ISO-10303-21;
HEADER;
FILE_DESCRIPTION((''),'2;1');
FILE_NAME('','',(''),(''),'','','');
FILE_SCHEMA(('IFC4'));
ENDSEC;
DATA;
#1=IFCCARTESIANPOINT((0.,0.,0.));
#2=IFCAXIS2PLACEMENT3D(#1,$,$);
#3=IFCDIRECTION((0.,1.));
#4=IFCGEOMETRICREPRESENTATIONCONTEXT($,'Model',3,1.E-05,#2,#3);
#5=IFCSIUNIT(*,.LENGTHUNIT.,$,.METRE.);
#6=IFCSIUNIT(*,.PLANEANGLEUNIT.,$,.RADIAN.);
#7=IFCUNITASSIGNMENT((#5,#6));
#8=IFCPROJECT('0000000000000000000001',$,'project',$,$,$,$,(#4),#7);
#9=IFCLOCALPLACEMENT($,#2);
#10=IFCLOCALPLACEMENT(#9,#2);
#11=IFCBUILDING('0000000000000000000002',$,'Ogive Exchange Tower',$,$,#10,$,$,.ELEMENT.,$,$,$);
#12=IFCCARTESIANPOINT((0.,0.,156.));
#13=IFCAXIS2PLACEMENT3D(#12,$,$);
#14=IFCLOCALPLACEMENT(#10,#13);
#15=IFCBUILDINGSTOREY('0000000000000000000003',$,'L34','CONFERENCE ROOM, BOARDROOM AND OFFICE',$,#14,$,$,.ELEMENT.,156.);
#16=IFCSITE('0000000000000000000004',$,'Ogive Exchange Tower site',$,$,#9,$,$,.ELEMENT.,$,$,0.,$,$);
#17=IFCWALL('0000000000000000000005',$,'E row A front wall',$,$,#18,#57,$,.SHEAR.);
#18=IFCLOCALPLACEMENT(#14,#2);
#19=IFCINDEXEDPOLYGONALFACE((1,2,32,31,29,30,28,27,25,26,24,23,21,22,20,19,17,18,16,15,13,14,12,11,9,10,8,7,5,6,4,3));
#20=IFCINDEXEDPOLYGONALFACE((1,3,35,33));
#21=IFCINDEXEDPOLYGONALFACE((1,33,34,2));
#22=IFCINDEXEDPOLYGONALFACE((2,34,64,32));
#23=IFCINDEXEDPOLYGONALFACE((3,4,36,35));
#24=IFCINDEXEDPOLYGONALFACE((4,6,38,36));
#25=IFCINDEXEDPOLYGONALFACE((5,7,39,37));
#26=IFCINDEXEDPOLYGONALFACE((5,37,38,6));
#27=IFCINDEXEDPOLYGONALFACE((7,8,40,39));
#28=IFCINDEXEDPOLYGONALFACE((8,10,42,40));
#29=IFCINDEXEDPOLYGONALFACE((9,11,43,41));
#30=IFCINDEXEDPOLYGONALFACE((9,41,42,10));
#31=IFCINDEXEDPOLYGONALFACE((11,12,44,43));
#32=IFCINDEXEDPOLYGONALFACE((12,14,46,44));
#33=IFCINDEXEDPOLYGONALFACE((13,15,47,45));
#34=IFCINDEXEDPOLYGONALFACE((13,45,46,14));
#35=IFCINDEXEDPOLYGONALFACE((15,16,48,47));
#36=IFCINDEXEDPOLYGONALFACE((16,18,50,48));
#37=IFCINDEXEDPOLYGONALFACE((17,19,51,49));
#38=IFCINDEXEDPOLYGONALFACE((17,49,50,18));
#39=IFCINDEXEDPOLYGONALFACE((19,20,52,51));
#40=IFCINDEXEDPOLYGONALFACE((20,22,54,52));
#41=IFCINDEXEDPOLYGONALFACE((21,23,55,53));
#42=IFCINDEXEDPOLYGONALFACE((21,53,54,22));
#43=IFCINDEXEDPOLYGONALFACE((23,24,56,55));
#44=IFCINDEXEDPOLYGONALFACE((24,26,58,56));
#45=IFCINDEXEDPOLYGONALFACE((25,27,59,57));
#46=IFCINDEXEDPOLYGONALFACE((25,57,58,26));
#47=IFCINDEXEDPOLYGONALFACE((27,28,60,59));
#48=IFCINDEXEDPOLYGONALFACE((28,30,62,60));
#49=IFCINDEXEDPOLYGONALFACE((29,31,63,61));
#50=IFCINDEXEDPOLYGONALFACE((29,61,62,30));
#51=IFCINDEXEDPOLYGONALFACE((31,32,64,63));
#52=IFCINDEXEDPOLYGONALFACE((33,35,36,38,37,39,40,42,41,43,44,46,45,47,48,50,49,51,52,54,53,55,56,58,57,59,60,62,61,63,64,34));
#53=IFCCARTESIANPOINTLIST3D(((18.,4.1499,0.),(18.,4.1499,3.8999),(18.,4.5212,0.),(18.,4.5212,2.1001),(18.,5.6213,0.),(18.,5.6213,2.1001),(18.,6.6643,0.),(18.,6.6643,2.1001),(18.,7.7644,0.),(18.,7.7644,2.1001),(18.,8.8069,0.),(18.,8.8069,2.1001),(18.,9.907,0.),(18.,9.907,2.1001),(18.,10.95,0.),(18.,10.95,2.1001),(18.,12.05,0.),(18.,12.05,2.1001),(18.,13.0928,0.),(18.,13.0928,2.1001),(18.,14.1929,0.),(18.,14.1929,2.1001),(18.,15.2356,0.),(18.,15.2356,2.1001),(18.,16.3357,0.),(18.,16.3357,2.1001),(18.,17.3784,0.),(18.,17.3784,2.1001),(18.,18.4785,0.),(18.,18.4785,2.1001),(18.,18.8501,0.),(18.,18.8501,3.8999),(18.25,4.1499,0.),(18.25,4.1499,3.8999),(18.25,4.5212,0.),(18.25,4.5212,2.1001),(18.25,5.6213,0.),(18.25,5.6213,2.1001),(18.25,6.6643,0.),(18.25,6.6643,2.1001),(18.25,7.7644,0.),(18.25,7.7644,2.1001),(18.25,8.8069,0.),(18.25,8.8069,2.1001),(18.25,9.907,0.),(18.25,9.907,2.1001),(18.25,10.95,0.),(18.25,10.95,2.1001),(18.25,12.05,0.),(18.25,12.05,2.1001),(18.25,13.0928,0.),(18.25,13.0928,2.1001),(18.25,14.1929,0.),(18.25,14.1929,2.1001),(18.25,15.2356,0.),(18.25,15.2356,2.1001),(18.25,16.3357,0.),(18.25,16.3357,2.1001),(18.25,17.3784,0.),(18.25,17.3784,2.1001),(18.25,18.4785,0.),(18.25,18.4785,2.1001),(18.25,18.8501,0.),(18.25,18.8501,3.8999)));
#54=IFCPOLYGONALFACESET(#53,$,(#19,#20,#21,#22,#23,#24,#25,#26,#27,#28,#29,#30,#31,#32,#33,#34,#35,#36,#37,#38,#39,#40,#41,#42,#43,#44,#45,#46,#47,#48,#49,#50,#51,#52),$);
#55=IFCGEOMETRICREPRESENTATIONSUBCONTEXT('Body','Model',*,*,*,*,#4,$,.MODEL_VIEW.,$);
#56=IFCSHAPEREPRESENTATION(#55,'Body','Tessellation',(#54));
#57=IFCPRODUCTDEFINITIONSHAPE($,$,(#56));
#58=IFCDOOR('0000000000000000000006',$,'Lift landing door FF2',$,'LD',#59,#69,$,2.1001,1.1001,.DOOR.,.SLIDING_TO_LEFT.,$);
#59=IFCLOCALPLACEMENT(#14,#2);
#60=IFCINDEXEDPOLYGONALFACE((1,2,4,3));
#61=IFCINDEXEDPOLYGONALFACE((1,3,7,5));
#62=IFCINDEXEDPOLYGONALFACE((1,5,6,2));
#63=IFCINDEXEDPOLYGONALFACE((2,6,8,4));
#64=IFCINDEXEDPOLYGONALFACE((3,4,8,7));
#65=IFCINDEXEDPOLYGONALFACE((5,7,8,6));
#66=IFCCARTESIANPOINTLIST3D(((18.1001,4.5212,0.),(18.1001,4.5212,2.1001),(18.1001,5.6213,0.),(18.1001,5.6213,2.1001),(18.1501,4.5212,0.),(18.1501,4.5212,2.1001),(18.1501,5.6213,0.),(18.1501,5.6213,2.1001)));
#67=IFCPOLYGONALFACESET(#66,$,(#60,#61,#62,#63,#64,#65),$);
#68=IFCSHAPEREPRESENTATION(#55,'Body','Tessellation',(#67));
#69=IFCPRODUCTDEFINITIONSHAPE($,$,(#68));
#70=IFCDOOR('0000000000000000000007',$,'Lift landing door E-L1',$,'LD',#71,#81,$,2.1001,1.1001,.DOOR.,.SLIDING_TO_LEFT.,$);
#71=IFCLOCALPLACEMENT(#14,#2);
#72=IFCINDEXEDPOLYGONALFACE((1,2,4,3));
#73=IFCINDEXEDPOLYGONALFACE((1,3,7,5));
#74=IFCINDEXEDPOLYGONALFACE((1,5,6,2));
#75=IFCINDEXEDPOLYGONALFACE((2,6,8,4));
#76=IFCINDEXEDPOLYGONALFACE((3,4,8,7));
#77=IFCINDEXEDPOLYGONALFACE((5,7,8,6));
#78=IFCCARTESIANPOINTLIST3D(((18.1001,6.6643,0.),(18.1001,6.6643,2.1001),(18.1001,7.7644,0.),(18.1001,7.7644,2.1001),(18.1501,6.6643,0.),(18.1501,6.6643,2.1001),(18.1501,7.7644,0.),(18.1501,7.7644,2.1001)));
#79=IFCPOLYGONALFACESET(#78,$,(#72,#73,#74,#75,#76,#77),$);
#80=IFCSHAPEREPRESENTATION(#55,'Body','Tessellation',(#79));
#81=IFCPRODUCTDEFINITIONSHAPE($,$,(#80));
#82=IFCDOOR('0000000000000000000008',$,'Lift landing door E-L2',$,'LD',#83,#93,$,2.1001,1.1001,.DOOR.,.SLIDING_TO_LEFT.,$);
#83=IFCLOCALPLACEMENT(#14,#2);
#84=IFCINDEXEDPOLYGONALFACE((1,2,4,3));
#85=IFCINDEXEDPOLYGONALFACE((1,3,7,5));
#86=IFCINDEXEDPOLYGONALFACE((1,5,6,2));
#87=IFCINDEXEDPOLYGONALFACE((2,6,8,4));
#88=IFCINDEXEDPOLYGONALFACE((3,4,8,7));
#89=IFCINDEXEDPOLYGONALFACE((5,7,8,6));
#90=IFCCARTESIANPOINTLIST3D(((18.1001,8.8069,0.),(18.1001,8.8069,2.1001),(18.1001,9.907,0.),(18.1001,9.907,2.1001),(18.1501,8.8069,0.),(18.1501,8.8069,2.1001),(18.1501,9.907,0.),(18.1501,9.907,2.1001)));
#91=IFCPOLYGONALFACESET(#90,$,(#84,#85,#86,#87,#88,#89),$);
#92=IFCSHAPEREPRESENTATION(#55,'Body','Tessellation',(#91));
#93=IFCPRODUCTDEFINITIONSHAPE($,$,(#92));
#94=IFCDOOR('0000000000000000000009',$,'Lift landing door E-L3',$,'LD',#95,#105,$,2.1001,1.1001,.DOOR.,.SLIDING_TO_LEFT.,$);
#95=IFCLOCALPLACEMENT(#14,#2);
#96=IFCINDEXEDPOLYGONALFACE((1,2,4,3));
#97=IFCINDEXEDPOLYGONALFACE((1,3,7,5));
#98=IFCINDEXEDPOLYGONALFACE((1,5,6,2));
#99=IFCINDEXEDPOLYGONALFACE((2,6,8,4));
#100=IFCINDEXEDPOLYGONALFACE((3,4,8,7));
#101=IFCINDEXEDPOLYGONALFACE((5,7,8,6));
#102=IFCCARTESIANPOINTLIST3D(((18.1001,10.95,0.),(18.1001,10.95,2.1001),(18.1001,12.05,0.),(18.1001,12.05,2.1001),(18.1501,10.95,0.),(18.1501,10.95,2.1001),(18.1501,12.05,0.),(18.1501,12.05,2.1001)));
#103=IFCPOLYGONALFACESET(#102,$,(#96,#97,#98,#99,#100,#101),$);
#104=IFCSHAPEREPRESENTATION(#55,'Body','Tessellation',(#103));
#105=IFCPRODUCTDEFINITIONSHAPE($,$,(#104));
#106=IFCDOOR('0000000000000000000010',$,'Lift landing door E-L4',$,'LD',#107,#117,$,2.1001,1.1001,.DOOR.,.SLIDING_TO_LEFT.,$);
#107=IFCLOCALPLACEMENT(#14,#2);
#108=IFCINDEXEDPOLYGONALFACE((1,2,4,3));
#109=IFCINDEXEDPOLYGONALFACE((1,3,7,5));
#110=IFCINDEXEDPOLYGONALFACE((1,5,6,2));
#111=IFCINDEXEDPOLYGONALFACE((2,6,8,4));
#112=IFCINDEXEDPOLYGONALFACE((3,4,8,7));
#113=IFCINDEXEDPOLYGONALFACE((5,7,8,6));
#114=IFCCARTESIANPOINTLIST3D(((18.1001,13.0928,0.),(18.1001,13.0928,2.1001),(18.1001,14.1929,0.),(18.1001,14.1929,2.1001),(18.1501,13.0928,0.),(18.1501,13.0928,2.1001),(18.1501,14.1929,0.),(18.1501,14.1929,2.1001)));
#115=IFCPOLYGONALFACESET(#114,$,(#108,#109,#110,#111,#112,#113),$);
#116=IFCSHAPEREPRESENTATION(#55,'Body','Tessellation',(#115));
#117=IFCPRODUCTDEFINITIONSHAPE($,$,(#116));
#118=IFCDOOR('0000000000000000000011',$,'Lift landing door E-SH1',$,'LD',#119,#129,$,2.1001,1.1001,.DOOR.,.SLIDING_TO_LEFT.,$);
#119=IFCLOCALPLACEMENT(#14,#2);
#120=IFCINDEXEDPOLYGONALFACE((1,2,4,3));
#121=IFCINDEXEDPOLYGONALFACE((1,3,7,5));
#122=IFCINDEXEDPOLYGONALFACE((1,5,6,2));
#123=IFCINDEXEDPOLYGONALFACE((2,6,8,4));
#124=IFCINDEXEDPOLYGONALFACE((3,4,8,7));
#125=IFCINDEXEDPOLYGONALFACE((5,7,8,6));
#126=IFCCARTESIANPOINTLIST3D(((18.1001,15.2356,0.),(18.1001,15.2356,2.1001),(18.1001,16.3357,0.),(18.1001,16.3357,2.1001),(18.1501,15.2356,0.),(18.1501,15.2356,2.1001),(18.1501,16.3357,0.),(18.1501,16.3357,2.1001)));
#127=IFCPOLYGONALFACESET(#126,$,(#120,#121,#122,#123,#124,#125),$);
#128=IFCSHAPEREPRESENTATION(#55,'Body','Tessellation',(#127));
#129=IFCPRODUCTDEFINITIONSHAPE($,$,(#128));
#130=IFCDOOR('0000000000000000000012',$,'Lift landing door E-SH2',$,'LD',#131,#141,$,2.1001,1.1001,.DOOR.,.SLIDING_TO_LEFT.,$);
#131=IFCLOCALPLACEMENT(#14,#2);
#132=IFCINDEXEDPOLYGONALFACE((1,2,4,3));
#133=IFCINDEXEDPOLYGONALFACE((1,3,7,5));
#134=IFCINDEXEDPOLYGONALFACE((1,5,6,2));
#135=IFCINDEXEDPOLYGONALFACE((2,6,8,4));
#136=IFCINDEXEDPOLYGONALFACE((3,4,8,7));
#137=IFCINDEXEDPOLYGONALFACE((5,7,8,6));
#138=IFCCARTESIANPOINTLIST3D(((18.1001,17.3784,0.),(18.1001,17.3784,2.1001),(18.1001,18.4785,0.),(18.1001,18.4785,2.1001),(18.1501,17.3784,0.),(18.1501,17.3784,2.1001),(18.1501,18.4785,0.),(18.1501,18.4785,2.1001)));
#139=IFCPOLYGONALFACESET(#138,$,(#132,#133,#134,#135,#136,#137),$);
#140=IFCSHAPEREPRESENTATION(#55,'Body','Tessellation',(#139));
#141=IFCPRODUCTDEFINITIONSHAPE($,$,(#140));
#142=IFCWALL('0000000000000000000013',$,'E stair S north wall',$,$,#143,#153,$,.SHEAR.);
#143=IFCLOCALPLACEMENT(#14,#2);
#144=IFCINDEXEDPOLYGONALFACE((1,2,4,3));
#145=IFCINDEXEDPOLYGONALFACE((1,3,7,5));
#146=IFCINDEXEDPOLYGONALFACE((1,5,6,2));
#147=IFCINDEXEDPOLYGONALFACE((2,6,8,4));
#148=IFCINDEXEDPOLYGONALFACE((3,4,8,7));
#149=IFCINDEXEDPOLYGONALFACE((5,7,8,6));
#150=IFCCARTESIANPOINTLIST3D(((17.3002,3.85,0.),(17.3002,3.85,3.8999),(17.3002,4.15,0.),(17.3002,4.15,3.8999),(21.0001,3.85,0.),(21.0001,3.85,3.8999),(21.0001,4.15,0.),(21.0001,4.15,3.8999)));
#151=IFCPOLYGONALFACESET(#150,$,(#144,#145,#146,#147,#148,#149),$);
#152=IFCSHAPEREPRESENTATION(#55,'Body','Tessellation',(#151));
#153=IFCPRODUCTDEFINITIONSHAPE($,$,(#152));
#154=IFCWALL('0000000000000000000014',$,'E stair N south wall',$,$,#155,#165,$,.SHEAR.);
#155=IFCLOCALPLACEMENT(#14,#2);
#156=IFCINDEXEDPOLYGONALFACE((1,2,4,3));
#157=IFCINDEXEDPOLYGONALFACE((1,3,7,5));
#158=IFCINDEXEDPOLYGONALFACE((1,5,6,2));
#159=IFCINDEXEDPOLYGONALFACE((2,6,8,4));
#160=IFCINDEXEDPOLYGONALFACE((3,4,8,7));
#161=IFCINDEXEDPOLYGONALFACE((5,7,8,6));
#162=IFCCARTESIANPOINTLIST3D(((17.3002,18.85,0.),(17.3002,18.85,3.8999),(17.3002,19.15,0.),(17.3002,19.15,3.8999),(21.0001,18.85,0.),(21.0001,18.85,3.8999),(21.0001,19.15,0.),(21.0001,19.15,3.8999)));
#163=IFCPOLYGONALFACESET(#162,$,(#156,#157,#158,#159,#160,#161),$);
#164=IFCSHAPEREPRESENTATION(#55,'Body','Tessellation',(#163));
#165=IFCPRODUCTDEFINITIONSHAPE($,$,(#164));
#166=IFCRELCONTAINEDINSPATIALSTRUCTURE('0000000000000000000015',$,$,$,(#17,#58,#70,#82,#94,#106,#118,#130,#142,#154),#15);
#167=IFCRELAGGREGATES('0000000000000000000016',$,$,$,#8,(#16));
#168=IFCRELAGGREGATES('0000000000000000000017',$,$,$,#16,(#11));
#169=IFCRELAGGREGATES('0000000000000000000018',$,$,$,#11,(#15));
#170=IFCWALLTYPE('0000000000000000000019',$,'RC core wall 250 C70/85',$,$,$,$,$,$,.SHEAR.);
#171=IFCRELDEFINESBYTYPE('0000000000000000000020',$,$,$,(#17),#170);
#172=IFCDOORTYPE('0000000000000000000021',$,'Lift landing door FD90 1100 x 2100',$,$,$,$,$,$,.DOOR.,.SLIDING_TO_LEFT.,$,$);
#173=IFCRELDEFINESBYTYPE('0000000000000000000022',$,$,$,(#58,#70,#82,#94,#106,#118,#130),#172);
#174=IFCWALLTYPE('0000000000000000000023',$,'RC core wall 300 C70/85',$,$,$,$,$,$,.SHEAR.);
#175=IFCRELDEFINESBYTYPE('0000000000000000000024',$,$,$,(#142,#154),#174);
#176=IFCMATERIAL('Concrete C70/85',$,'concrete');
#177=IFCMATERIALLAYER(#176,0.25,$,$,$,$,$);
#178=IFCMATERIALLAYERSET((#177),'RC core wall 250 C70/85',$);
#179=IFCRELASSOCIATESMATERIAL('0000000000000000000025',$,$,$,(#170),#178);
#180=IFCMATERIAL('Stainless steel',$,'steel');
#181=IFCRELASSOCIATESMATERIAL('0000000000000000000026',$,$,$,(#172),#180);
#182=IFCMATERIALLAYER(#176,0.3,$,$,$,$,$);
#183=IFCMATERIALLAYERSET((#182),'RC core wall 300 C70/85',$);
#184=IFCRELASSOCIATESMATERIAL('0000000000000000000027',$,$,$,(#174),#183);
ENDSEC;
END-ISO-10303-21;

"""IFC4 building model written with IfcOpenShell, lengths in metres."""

from ifc_helpers import new_model, si_unit, direction, frame, frame_2d, origin, place, context, subcontext, project, spatial, rectangle, extrude, material, layer, layer_set, type_object, element, fill, save


model = new_model("IFC4")

# Units and contexts
model_context = context("Model", 3, precision=1e-05, world=origin(), true_north=direction((0.0, 1.0)))
body_context = subcontext(model_context, "Body", "Model", "MODEL_VIEW")
ifc_project = project(units=[si_unit("LENGTHUNIT", "METRE"), si_unit("PLANEANGLEUNIT", "RADIAN")], contexts=[model_context])

# Site, building, storey
site_placement = place(None, origin())
site = spatial("IfcSite", under=ifc_project, at=site_placement, Name="Ogive Exchange Tower site", CompositionType="ELEMENT", RefElevation=0.0)
building_placement = place(site_placement, origin())
building = spatial("IfcBuilding", under=site, at=building_placement, Name="Ogive Exchange Tower", CompositionType="ELEMENT")
storey_placement = place(building_placement, frame((0.0, 0.0, 156.0)))
storey = spatial("IfcBuildingStorey", under=building, at=storey_placement, Name="L34", Description="CONFERENCE ROOM, BOARDROOM AND OFFICE", CompositionType="ELEMENT", Elevation=156.0)

# Shared definitions
ifc_material_1 = material(Name="Concrete C70/85", Category="concrete")

# Wall, openings, doors
ifc_layer_1 = layer(ifc_material_1, 0.25)
ifc_layer_set_1 = layer_set([ifc_layer_1], Name="RC core wall 250 C70/85")
wall_type_1 = type_object("IfcWallType", Name="RC core wall 250 C70/85", PredefinedType="SHEAR", material=ifc_layer_set_1)
wall_1_placement = place(storey_placement, frame((18.125, 4.1499, 0.0), z_axis=(0.0, 0.0, 1.0), x_axis=(0.0, 1.0, 0.0)))
wall_1 = element("IfcWall", 1, at=wall_1_placement, inside=storey, type_object=wall_type_1, Name="E row A front wall", PredefinedType="SHEAR", context=body_context, shape_type="SweptSolid", body=[
    extrude(rectangle(XDim=14.7002, YDim=0.25, at=frame_2d((7.3501, 0.0))), origin(), (0.0, 0.0, 1.0), 3.8999),
])
opening_1_placement = place(wall_1_placement, frame((0.3713, 0.0, 0.0)))
opening_1 = element("IfcOpeningElement", 2, at=opening_1_placement, cuts=wall_1, PredefinedType="OPENING", context=body_context, shape_type="SweptSolid", body=[
    extrude(rectangle(XDim=1.1001, YDim=2.1001, at=frame_2d((0.55, 1.05))), frame((0.0, 0.135, 0.0), z_axis=(0.0, -1.0, 0.0), x_axis=(1.0, 0.0, 0.0)), (0.0, 0.0, 1.0), 0.27),
])
opening_2_placement = place(wall_1_placement, frame((2.5144, 0.0, 0.0)))
opening_2 = element("IfcOpeningElement", 3, at=opening_2_placement, cuts=wall_1, PredefinedType="OPENING", context=body_context, shape_type="SweptSolid", body=[
    extrude(rectangle(XDim=1.1001, YDim=2.1001, at=frame_2d((0.55, 1.05))), frame((0.0, 0.135, 0.0), z_axis=(0.0, -1.0, 0.0), x_axis=(1.0, 0.0, 0.0)), (0.0, 0.0, 1.0), 0.27),
])
opening_3_placement = place(wall_1_placement, frame((4.657, 0.0, 0.0)))
opening_3 = element("IfcOpeningElement", 4, at=opening_3_placement, cuts=wall_1, PredefinedType="OPENING", context=body_context, shape_type="SweptSolid", body=[
    extrude(rectangle(XDim=1.1001, YDim=2.1001, at=frame_2d((0.55, 1.05))), frame((0.0, 0.135, 0.0), z_axis=(0.0, -1.0, 0.0), x_axis=(1.0, 0.0, 0.0)), (0.0, 0.0, 1.0), 0.27),
])
opening_4_placement = place(wall_1_placement, frame((6.8, 0.0, 0.0)))
opening_4 = element("IfcOpeningElement", 5, at=opening_4_placement, cuts=wall_1, PredefinedType="OPENING", context=body_context, shape_type="SweptSolid", body=[
    extrude(rectangle(XDim=1.1001, YDim=2.1001, at=frame_2d((0.55, 1.05))), frame((0.0, 0.135, 0.0), z_axis=(0.0, -1.0, 0.0), x_axis=(1.0, 0.0, 0.0)), (0.0, 0.0, 1.0), 0.27),
])
opening_5_placement = place(wall_1_placement, frame((8.9429, 0.0, 0.0)))
opening_5 = element("IfcOpeningElement", 6, at=opening_5_placement, cuts=wall_1, PredefinedType="OPENING", context=body_context, shape_type="SweptSolid", body=[
    extrude(rectangle(XDim=1.1001, YDim=2.1001, at=frame_2d((0.55, 1.05))), frame((0.0, 0.135, 0.0), z_axis=(0.0, -1.0, 0.0), x_axis=(1.0, 0.0, 0.0)), (0.0, 0.0, 1.0), 0.27),
])
opening_6_placement = place(wall_1_placement, frame((11.0857, 0.0, 0.0)))
opening_6 = element("IfcOpeningElement", 7, at=opening_6_placement, cuts=wall_1, PredefinedType="OPENING", context=body_context, shape_type="SweptSolid", body=[
    extrude(rectangle(XDim=1.1001, YDim=2.1001, at=frame_2d((0.55, 1.05))), frame((0.0, 0.135, 0.0), z_axis=(0.0, -1.0, 0.0), x_axis=(1.0, 0.0, 0.0)), (0.0, 0.0, 1.0), 0.27),
])
opening_7_placement = place(wall_1_placement, frame((13.2285, 0.0, 0.0)))
opening_7 = element("IfcOpeningElement", 8, at=opening_7_placement, cuts=wall_1, PredefinedType="OPENING", context=body_context, shape_type="SweptSolid", body=[
    extrude(rectangle(XDim=1.1001, YDim=2.1001, at=frame_2d((0.55, 1.05))), frame((0.0, 0.135, 0.0), z_axis=(0.0, -1.0, 0.0), x_axis=(1.0, 0.0, 0.0)), (0.0, 0.0, 1.0), 0.27),
])
ifc_material_2 = material(Name="Stainless steel", Category="steel")
door_type_1 = type_object("IfcDoorType", Name="Lift landing door FD90 1100 x 2100", OperationType="SLIDING_TO_LEFT", PredefinedType="DOOR", material=ifc_material_2)
door_1_placement = place(opening_1_placement, origin())
door_1 = element("IfcDoor", 9, at=door_1_placement, inside=storey, type_object=door_type_1, Name="Lift landing door FF2", ObjectType="LD", OperationType="SLIDING_TO_LEFT", OverallHeight=2.1001, OverallWidth=1.1001, PredefinedType="DOOR", context=body_context, shape_type="SweptSolid", body=[
    extrude(rectangle(XDim=1.1001, YDim=2.1001, at=frame_2d((0.55, 1.05))), frame((0.0, 0.0249, 0.0), z_axis=(0.0, -1.0, 0.0), x_axis=(1.0, 0.0, 0.0)), (0.0, 0.0, 1.0), 0.05),
])
fill(opening_1, door_1)
door_2_placement = place(opening_2_placement, origin())
door_2 = element("IfcDoor", 10, at=door_2_placement, inside=storey, type_object=door_type_1, Name="Lift landing door E-L1", ObjectType="LD", OperationType="SLIDING_TO_LEFT", OverallHeight=2.1001, OverallWidth=1.1001, PredefinedType="DOOR", context=body_context, shape_type="SweptSolid", body=[
    extrude(rectangle(XDim=1.1001, YDim=2.1001, at=frame_2d((0.55, 1.05))), frame((0.0, 0.0249, 0.0), z_axis=(0.0, -1.0, 0.0), x_axis=(1.0, 0.0, 0.0)), (0.0, 0.0, 1.0), 0.05),
])
fill(opening_2, door_2)
door_3_placement = place(opening_3_placement, origin())
door_3 = element("IfcDoor", 11, at=door_3_placement, inside=storey, type_object=door_type_1, Name="Lift landing door E-L2", ObjectType="LD", OperationType="SLIDING_TO_LEFT", OverallHeight=2.1001, OverallWidth=1.1001, PredefinedType="DOOR", context=body_context, shape_type="SweptSolid", body=[
    extrude(rectangle(XDim=1.1001, YDim=2.1001, at=frame_2d((0.55, 1.05))), frame((0.0, 0.0249, 0.0), z_axis=(0.0, -1.0, 0.0), x_axis=(1.0, 0.0, 0.0)), (0.0, 0.0, 1.0), 0.05),
])
fill(opening_3, door_3)
door_4_placement = place(opening_4_placement, origin())
door_4 = element("IfcDoor", 12, at=door_4_placement, inside=storey, type_object=door_type_1, Name="Lift landing door E-L3", ObjectType="LD", OperationType="SLIDING_TO_LEFT", OverallHeight=2.1001, OverallWidth=1.1001, PredefinedType="DOOR", context=body_context, shape_type="SweptSolid", body=[
    extrude(rectangle(XDim=1.1001, YDim=2.1001, at=frame_2d((0.55, 1.05))), frame((0.0, 0.0249, 0.0), z_axis=(0.0, -1.0, 0.0), x_axis=(1.0, 0.0, 0.0)), (0.0, 0.0, 1.0), 0.05),
])
fill(opening_4, door_4)
door_5_placement = place(opening_5_placement, origin())
door_5 = element("IfcDoor", 13, at=door_5_placement, inside=storey, type_object=door_type_1, Name="Lift landing door E-L4", ObjectType="LD", OperationType="SLIDING_TO_LEFT", OverallHeight=2.1001, OverallWidth=1.1001, PredefinedType="DOOR", context=body_context, shape_type="SweptSolid", body=[
    extrude(rectangle(XDim=1.1001, YDim=2.1001, at=frame_2d((0.55, 1.05))), frame((0.0, 0.0249, 0.0), z_axis=(0.0, -1.0, 0.0), x_axis=(1.0, 0.0, 0.0)), (0.0, 0.0, 1.0), 0.05),
])
fill(opening_5, door_5)
door_6_placement = place(opening_6_placement, origin())
door_6 = element("IfcDoor", 14, at=door_6_placement, inside=storey, type_object=door_type_1, Name="Lift landing door E-SH1", ObjectType="LD", OperationType="SLIDING_TO_LEFT", OverallHeight=2.1001, OverallWidth=1.1001, PredefinedType="DOOR", context=body_context, shape_type="SweptSolid", body=[
    extrude(rectangle(XDim=1.1001, YDim=2.1001, at=frame_2d((0.55, 1.05))), frame((0.0, 0.0249, 0.0), z_axis=(0.0, -1.0, 0.0), x_axis=(1.0, 0.0, 0.0)), (0.0, 0.0, 1.0), 0.05),
])
fill(opening_6, door_6)
door_7_placement = place(opening_7_placement, origin())
door_7 = element("IfcDoor", 15, at=door_7_placement, inside=storey, type_object=door_type_1, Name="Lift landing door E-SH2", ObjectType="LD", OperationType="SLIDING_TO_LEFT", OverallHeight=2.1001, OverallWidth=1.1001, PredefinedType="DOOR", context=body_context, shape_type="SweptSolid", body=[
    extrude(rectangle(XDim=1.1001, YDim=2.1001, at=frame_2d((0.55, 1.05))), frame((0.0, 0.0249, 0.0), z_axis=(0.0, -1.0, 0.0), x_axis=(1.0, 0.0, 0.0)), (0.0, 0.0, 1.0), 0.05),
])
fill(opening_7, door_7)

# Walls
ifc_layer_2 = layer(ifc_material_1, 0.3)
ifc_layer_set_2 = layer_set([ifc_layer_2], Name="RC core wall 300 C70/85")
wall_type_2 = type_object("IfcWallType", Name="RC core wall 300 C70/85", PredefinedType="SHEAR", material=ifc_layer_set_2)
for number, where, z_axis, x_axis, name in (
    (16, (17.3, 4.0, 0.0), (0.0, 0.0, 1.0), (1.0, 0.0, 0.0), "E stair S north wall"),
    (17, (17.3, 19.0, 0.0), (0.0, 0.0, 1.0), (1.0, 0.0, 0.0), "E stair N south wall"),
):
    element("IfcWall", number, at=place(storey_placement, frame(where, z_axis=z_axis, x_axis=x_axis)), inside=storey, type_object=wall_type_2, Name=name, PredefinedType="SHEAR", context=body_context, shape_type="SweptSolid", body=[
        extrude(rectangle(XDim=3.7, YDim=0.3, at=frame_2d((1.8501, 0.0))), origin(), (0.0, 0.0, 1.0), 3.8999),
    ])

save(model, "model.ifc")
